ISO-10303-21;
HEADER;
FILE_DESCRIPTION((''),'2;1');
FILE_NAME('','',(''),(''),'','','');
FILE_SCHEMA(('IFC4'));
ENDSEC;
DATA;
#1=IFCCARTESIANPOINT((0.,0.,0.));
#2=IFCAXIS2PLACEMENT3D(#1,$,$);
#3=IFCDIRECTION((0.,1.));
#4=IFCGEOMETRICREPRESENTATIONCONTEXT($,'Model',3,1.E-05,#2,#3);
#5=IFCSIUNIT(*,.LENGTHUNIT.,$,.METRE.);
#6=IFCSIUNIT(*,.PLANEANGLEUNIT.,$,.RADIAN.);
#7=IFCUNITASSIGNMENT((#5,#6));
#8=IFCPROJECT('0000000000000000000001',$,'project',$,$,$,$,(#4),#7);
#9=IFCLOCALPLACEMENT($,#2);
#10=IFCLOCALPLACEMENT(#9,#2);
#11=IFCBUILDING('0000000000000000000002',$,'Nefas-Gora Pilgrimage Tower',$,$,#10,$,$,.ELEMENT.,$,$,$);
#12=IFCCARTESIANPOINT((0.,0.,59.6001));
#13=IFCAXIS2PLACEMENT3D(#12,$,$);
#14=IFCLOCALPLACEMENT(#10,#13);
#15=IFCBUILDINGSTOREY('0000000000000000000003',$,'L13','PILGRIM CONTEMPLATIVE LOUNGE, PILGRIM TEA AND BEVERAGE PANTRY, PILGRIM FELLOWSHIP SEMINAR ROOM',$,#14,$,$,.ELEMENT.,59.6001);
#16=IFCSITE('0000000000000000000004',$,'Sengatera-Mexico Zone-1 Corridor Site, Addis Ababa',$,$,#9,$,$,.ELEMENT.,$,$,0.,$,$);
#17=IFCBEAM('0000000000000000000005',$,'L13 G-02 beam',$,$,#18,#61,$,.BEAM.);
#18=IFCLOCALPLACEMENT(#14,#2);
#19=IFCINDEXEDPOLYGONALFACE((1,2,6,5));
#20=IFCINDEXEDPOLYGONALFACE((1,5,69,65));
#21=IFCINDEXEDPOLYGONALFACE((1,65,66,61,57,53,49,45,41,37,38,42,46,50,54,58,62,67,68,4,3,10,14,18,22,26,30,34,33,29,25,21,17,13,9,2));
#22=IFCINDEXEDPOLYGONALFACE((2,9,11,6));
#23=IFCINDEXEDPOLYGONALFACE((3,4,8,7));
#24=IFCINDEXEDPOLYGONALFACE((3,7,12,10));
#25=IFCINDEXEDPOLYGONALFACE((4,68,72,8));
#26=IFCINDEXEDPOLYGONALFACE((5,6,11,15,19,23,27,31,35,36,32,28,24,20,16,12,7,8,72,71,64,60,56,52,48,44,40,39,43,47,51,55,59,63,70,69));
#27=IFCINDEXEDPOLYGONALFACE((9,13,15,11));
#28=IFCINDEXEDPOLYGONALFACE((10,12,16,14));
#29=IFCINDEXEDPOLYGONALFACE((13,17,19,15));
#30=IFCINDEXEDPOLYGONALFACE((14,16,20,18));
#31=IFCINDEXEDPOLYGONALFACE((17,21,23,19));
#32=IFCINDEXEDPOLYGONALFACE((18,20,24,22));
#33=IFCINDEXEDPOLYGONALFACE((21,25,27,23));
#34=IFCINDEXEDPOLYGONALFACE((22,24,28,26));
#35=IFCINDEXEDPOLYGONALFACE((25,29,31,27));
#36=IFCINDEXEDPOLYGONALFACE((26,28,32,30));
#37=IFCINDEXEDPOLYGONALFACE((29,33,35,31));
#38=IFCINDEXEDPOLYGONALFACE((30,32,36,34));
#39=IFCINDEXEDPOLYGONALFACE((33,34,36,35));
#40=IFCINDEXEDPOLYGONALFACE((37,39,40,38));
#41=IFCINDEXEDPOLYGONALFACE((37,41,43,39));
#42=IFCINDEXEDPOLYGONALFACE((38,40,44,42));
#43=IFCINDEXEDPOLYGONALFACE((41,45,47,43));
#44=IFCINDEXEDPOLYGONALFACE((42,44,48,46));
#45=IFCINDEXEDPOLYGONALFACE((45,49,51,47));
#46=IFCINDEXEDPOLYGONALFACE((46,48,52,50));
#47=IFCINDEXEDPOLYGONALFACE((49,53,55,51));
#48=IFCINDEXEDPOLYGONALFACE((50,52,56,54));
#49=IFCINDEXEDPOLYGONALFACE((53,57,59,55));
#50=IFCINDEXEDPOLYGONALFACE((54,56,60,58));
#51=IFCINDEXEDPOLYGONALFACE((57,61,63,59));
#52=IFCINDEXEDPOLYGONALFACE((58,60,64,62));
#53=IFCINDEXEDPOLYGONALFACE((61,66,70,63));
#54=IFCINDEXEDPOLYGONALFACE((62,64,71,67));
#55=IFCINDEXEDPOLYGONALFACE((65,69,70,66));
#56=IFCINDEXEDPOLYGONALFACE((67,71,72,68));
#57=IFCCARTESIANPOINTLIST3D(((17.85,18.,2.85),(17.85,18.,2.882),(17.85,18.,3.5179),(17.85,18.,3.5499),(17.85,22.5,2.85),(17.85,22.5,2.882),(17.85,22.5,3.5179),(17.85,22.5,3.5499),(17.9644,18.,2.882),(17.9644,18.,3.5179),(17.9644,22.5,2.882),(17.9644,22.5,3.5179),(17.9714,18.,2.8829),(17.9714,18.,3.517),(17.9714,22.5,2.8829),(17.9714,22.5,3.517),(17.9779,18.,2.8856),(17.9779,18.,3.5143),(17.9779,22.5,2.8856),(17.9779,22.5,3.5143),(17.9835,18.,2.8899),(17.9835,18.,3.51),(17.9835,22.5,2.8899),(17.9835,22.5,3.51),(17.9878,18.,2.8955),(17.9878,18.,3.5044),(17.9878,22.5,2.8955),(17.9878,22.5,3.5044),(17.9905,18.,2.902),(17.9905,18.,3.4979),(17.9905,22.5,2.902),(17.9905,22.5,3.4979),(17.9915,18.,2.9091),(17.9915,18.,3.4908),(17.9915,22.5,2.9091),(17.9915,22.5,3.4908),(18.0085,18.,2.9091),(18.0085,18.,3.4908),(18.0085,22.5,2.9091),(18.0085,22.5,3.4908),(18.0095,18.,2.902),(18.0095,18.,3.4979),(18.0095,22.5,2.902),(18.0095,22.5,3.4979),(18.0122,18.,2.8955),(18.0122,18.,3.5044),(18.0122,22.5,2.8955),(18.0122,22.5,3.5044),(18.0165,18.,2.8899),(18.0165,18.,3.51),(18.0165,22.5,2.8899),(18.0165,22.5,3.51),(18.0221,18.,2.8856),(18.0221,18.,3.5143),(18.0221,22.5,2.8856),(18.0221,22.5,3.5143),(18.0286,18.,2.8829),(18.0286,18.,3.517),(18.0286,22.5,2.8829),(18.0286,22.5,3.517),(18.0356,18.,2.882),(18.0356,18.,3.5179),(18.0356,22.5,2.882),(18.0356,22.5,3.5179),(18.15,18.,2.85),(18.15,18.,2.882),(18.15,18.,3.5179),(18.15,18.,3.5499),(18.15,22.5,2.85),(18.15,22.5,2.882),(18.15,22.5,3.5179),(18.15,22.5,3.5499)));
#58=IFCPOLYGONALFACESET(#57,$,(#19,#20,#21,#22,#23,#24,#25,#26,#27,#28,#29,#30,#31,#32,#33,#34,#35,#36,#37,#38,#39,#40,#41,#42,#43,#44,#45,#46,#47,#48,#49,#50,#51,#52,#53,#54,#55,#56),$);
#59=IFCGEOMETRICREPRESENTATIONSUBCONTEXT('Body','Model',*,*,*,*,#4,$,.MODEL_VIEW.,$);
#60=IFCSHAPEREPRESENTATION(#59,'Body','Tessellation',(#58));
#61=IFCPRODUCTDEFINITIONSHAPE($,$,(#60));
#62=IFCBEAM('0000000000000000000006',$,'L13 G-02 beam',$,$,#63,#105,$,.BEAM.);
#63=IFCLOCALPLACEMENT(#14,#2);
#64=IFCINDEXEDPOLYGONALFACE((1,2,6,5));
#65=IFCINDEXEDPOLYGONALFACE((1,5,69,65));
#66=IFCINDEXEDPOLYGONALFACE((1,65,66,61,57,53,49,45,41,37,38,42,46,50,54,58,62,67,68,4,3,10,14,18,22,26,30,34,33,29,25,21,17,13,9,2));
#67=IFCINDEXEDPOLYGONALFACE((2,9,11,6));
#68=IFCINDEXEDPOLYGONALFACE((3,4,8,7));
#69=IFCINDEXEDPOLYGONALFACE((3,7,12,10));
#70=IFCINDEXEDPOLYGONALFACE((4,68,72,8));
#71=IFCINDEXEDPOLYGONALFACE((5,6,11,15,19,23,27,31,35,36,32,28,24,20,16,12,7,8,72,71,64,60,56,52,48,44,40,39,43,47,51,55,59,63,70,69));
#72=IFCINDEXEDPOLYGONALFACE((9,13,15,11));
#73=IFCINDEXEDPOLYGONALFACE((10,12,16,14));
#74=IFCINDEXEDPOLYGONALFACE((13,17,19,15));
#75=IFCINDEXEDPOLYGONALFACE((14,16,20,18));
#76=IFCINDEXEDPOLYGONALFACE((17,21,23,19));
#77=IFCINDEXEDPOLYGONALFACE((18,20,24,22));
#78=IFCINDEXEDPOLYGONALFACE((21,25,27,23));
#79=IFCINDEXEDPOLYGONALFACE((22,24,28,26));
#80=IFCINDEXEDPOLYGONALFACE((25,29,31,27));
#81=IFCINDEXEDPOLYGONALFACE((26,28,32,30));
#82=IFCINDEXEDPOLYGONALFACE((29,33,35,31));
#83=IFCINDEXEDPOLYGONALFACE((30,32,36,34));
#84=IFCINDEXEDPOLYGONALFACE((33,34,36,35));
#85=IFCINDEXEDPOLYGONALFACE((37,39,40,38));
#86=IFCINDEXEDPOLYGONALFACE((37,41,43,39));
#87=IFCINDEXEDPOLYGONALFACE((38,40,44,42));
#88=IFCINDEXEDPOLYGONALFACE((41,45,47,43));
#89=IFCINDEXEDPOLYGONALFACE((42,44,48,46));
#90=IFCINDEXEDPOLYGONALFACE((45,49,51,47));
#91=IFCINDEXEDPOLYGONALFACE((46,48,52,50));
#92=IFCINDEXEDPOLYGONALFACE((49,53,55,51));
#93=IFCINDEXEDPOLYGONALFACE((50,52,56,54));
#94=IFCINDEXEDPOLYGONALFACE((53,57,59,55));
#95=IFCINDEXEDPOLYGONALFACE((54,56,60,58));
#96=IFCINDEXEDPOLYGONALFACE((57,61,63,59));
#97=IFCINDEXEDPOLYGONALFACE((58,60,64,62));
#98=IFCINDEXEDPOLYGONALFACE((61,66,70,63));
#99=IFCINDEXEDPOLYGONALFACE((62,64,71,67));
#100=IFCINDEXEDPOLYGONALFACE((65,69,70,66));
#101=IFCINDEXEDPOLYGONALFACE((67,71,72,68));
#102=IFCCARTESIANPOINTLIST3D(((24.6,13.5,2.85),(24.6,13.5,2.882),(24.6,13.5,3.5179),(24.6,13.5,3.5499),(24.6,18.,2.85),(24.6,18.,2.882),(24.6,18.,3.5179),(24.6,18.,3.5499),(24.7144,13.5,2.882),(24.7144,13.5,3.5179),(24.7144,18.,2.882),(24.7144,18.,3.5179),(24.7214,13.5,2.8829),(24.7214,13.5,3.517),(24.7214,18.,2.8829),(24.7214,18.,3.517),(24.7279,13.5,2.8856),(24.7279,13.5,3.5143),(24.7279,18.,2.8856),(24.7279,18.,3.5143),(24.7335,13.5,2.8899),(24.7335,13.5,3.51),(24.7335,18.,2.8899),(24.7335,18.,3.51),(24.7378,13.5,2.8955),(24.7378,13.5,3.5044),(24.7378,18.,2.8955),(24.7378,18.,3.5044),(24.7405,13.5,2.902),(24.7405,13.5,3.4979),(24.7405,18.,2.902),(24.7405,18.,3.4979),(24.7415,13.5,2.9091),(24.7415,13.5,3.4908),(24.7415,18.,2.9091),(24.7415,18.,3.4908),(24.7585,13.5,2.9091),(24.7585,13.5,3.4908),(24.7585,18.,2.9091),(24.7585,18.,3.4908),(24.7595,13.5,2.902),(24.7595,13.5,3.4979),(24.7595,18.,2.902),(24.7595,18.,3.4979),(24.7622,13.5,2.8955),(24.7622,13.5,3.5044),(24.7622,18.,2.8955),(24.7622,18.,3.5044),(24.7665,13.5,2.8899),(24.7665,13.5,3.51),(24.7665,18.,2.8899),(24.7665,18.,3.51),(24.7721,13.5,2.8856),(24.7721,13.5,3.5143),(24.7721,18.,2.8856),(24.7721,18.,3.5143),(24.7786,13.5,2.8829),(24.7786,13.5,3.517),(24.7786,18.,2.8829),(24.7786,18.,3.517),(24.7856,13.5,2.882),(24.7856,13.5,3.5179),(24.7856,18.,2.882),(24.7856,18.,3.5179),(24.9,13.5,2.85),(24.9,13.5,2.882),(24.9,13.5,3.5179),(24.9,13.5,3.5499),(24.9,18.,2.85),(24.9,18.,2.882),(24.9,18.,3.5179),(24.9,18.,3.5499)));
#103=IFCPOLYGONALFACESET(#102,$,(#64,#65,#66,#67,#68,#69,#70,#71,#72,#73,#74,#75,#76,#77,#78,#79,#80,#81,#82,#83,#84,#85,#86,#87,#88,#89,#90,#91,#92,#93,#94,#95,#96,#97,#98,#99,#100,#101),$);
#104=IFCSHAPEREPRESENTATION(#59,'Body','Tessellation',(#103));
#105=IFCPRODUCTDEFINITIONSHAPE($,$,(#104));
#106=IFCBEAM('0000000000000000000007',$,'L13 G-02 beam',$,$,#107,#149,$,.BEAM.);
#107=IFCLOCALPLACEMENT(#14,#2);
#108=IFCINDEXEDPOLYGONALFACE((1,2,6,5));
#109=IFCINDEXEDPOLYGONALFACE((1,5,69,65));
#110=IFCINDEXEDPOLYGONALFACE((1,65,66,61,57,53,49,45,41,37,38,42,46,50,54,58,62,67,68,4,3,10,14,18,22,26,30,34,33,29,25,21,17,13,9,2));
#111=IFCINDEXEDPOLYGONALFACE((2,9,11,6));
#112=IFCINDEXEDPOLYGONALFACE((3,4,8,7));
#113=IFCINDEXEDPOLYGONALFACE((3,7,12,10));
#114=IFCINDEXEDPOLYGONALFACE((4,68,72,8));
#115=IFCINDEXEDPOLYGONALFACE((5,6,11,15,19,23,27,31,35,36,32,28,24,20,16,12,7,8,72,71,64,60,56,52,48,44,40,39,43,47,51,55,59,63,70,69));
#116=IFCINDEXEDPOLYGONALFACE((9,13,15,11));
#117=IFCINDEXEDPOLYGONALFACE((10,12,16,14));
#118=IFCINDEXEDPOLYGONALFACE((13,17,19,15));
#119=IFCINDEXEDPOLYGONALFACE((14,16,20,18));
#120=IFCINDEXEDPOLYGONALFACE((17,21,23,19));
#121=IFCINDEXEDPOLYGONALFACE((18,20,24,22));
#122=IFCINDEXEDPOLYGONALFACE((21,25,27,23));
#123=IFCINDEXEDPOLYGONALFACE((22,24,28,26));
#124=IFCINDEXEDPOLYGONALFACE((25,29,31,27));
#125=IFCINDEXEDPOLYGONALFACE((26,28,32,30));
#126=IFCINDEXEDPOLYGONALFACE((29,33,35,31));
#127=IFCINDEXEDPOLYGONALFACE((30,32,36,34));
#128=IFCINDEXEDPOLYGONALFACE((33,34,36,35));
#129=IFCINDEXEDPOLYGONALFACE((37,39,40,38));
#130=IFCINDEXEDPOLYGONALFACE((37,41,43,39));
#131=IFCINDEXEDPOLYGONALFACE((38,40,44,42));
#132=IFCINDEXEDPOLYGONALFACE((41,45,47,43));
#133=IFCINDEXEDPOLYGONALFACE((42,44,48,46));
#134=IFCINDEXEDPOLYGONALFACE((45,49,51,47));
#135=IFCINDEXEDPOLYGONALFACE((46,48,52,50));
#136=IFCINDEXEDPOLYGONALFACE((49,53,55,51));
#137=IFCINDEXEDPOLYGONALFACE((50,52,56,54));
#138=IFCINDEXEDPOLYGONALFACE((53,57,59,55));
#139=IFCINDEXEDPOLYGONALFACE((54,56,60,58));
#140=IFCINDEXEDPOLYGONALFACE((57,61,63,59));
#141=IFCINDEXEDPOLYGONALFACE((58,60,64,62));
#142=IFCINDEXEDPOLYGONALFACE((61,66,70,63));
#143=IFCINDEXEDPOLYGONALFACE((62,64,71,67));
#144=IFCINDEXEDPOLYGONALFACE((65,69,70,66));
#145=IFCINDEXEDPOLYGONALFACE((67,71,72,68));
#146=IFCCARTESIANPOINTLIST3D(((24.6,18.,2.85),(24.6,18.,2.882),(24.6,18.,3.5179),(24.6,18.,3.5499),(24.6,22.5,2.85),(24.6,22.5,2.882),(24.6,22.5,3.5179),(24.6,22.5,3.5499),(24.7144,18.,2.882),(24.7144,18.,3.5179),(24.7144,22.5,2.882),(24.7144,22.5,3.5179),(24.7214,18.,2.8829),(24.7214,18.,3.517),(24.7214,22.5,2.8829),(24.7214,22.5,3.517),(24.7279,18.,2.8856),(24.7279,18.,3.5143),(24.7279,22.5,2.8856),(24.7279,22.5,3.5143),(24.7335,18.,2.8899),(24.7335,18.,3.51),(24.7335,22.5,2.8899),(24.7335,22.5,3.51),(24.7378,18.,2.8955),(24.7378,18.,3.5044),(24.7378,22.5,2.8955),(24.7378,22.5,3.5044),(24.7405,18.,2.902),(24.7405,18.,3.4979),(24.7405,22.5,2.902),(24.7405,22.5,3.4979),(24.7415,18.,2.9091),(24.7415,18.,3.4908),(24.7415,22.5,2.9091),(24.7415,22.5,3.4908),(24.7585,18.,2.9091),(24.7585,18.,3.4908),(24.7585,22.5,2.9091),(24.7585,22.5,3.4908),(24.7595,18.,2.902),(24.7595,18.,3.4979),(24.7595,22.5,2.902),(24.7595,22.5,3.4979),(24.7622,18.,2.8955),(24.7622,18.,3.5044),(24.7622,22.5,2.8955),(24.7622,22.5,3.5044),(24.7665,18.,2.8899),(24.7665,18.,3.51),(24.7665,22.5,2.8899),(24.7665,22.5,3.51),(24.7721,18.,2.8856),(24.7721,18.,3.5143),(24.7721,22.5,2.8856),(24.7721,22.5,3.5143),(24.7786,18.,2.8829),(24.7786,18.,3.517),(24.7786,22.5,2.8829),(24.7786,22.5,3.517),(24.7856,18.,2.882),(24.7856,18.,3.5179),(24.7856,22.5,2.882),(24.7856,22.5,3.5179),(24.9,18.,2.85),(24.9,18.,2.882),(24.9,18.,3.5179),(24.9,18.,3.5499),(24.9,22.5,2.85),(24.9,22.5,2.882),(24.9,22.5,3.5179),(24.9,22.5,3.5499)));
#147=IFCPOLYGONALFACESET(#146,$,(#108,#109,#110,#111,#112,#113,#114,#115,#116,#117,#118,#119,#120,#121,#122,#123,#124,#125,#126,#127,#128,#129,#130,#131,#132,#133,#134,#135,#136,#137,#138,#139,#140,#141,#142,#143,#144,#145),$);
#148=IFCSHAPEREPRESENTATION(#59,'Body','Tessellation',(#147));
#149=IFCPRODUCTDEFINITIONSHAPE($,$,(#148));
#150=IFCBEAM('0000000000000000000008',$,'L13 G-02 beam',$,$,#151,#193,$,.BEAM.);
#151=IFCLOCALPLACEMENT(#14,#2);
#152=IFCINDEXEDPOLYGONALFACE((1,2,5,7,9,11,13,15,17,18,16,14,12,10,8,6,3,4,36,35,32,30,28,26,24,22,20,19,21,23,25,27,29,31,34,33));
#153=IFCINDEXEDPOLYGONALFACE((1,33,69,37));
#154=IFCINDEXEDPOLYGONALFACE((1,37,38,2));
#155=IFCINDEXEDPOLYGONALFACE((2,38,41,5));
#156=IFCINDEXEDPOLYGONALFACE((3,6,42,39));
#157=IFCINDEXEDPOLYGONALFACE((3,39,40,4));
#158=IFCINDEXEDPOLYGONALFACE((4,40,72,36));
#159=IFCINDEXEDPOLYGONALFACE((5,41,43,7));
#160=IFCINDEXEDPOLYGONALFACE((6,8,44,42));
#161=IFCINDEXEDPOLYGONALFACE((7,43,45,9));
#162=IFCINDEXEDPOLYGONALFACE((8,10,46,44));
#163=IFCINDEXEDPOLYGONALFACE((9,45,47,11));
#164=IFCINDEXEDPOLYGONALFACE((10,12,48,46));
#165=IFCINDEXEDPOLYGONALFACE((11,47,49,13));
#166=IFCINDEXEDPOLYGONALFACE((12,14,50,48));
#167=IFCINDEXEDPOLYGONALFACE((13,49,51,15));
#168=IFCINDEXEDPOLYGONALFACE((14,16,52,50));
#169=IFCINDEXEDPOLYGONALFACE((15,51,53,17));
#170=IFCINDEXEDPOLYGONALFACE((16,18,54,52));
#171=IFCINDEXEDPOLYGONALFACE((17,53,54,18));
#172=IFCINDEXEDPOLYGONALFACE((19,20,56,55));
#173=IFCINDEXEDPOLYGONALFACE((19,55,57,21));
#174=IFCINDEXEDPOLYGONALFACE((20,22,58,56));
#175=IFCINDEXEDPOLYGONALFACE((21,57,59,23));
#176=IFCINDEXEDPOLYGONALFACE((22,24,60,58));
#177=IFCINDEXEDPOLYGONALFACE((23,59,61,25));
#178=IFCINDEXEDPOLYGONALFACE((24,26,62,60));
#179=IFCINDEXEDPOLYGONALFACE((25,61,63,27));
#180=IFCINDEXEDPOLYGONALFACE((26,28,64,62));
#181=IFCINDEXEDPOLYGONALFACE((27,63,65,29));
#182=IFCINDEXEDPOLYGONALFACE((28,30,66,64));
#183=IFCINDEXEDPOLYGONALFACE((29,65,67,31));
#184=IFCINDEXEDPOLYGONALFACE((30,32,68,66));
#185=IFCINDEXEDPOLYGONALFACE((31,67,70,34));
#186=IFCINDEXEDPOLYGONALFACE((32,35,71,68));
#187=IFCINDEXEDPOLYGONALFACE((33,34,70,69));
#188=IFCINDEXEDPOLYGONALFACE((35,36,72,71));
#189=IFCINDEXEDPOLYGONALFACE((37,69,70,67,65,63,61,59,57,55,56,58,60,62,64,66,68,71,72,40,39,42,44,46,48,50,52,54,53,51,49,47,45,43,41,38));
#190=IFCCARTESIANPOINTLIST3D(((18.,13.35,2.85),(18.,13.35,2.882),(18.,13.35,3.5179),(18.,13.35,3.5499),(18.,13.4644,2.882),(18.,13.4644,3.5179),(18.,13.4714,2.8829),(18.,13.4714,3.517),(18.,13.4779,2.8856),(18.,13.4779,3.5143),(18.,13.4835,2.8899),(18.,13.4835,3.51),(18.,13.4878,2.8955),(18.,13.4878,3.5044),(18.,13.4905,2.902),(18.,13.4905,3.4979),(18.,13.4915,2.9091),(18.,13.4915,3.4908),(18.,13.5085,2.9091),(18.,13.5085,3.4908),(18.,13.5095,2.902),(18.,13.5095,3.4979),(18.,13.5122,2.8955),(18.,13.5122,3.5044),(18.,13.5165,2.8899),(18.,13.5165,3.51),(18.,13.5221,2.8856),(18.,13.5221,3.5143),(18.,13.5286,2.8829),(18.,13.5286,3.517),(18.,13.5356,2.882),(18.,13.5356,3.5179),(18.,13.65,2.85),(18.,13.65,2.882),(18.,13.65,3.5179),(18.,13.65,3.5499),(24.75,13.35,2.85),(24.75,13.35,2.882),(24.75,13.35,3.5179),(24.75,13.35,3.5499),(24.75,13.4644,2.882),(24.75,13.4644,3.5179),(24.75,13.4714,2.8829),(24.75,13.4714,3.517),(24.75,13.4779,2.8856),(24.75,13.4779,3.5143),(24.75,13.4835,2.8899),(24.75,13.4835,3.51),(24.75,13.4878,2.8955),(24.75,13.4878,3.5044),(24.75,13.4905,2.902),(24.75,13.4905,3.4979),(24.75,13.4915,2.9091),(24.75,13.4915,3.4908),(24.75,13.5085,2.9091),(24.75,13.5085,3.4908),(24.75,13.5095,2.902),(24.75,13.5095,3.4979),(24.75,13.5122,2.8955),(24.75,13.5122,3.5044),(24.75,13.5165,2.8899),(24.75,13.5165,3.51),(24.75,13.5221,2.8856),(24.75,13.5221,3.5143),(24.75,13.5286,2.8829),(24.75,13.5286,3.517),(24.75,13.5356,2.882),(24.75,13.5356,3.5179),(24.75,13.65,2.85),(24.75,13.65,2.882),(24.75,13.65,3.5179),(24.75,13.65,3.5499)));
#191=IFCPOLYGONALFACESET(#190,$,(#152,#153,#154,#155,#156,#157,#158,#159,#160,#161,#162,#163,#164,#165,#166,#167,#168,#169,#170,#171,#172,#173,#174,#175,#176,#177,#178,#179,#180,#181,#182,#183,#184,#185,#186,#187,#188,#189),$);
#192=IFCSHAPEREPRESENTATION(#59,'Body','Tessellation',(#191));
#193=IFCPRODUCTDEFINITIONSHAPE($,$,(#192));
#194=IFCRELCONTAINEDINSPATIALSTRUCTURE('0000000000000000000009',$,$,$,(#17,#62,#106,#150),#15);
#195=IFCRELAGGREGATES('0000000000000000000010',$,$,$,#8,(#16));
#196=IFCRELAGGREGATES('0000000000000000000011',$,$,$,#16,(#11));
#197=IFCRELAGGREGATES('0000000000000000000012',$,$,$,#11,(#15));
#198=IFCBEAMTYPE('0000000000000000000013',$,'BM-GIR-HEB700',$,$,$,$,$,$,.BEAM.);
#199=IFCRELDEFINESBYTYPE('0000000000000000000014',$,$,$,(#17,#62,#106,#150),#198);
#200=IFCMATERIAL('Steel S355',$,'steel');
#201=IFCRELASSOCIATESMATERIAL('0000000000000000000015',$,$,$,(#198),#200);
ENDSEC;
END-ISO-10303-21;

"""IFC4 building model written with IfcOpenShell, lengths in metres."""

from ifc_helpers import new_model, si_unit, direction, frame, origin, origin_2d, place, context, subcontext, project, spatial, i_section, extrude, source, transform, mapped, material, material_profile, profile_set, type_object, element, save


model = new_model("IFC4")

# Units and contexts
model_context = context("Model", 3, precision=1e-05, world=origin(), true_north=direction((0.0, 1.0)))
body_context = subcontext(model_context, "Body", "Model", "MODEL_VIEW")
ifc_project = project(units=[si_unit("LENGTHUNIT", "METRE"), si_unit("PLANEANGLEUNIT", "RADIAN")], contexts=[model_context])

# Site, building, storey
site_placement = place(None, origin())
site = spatial("IfcSite", under=ifc_project, at=site_placement, Name="Sengatera-Mexico Zone-1 Corridor Site, Addis Ababa", CompositionType="ELEMENT", RefElevation=0.0)
building_placement = place(site_placement, origin())
building = spatial("IfcBuilding", under=site, at=building_placement, Name="Nefas-Gora Pilgrimage Tower", CompositionType="ELEMENT")
storey_placement = place(building_placement, frame((0.0, 0.0, 59.6001)))
storey = spatial("IfcBuildingStorey", under=building, at=storey_placement, Name="L13", Description="PILGRIM CONTEMPLATIVE LOUNGE, PILGRIM TEA AND BEVERAGE PANTRY, PILGRIM FELLOWSHIP SEMINAR ROOM", CompositionType="ELEMENT", Elevation=59.6001)

# Beams
ifc_material_1 = material(Name="Steel S355", Category="steel")
ifc_material_profile_1 = material_profile(ifc_material_1, i_section(OverallWidth=0.3, OverallDepth=0.7, WebThickness=0.0171, FlangeThickness=0.032, FilletRadius=0.0271, at=origin_2d()), Name="HEB 700")
ifc_profile_set_1 = profile_set([ifc_material_profile_1], Name="Steel S355")
beam_type_1 = type_object("IfcBeamType", Name="BM-GIR-HEB700", PredefinedType="BEAM", material=ifc_profile_set_1)
shared_shape_1 = source(origin(), body_context, "Body", "SweptSolid", [
    extrude(i_section(OverallWidth=0.3, OverallDepth=0.7, WebThickness=0.0171, FlangeThickness=0.032, FilletRadius=0.0271, at=origin_2d()), origin(), (0.0, 0.0, 1.0), 4.5),
])
for number, where, z_axis, x_axis, name in (
    (1, (18.0, 18.0, 3.2), (0.0, 1.0, 0.0), (-1.0, 0.0, 0.0), "L13 G-02 beam"),
    (2, (24.75, 13.5, 3.2), (0.0, 1.0, 0.0), (-1.0, 0.0, 0.0), "L13 G-02 beam"),
    (3, (24.75, 18.0, 3.2), (0.0, 1.0, 0.0), (-1.0, 0.0, 0.0), "L13 G-02 beam"),
):
    element("IfcBeam", number, at=place(storey_placement, frame(where, z_axis=z_axis, x_axis=x_axis)), inside=storey, type_object=beam_type_1, Name=name, PredefinedType="BEAM", context=body_context, shape_type="MappedRepresentation", body=[
        mapped(shared_shape_1, transform((0.0, 0.0, 0.0), x_axis=(1.0, 0.0, 0.0), y_axis=(0.0, 1.0, 0.0), z_axis=(0.0, 0.0, 1.0), scale=1.0)),
    ])
shared_shape_2 = source(origin(), body_context, "Body", "SweptSolid", [
    extrude(i_section(OverallWidth=0.3, OverallDepth=0.7, WebThickness=0.0171, FlangeThickness=0.032, FilletRadius=0.0271, at=origin_2d()), origin(), (0.0, 0.0, 1.0), 6.75),
])
for number, where, z_axis, x_axis, name in (
    (4, (18.0, 13.5, 3.2), (1.0, 0.0, 0.0), (0.0, 1.0, 0.0), "L13 G-02 beam"),
):
    element("IfcBeam", number, at=place(storey_placement, frame(where, z_axis=z_axis, x_axis=x_axis)), inside=storey, type_object=beam_type_1, Name=name, PredefinedType="BEAM", context=body_context, shape_type="MappedRepresentation", body=[
        mapped(shared_shape_2, transform((0.0, 0.0, 0.0), x_axis=(1.0, 0.0, 0.0), y_axis=(0.0, 1.0, 0.0), z_axis=(0.0, 0.0, 1.0), scale=1.0)),
    ])

save(model, "model.ifc")
